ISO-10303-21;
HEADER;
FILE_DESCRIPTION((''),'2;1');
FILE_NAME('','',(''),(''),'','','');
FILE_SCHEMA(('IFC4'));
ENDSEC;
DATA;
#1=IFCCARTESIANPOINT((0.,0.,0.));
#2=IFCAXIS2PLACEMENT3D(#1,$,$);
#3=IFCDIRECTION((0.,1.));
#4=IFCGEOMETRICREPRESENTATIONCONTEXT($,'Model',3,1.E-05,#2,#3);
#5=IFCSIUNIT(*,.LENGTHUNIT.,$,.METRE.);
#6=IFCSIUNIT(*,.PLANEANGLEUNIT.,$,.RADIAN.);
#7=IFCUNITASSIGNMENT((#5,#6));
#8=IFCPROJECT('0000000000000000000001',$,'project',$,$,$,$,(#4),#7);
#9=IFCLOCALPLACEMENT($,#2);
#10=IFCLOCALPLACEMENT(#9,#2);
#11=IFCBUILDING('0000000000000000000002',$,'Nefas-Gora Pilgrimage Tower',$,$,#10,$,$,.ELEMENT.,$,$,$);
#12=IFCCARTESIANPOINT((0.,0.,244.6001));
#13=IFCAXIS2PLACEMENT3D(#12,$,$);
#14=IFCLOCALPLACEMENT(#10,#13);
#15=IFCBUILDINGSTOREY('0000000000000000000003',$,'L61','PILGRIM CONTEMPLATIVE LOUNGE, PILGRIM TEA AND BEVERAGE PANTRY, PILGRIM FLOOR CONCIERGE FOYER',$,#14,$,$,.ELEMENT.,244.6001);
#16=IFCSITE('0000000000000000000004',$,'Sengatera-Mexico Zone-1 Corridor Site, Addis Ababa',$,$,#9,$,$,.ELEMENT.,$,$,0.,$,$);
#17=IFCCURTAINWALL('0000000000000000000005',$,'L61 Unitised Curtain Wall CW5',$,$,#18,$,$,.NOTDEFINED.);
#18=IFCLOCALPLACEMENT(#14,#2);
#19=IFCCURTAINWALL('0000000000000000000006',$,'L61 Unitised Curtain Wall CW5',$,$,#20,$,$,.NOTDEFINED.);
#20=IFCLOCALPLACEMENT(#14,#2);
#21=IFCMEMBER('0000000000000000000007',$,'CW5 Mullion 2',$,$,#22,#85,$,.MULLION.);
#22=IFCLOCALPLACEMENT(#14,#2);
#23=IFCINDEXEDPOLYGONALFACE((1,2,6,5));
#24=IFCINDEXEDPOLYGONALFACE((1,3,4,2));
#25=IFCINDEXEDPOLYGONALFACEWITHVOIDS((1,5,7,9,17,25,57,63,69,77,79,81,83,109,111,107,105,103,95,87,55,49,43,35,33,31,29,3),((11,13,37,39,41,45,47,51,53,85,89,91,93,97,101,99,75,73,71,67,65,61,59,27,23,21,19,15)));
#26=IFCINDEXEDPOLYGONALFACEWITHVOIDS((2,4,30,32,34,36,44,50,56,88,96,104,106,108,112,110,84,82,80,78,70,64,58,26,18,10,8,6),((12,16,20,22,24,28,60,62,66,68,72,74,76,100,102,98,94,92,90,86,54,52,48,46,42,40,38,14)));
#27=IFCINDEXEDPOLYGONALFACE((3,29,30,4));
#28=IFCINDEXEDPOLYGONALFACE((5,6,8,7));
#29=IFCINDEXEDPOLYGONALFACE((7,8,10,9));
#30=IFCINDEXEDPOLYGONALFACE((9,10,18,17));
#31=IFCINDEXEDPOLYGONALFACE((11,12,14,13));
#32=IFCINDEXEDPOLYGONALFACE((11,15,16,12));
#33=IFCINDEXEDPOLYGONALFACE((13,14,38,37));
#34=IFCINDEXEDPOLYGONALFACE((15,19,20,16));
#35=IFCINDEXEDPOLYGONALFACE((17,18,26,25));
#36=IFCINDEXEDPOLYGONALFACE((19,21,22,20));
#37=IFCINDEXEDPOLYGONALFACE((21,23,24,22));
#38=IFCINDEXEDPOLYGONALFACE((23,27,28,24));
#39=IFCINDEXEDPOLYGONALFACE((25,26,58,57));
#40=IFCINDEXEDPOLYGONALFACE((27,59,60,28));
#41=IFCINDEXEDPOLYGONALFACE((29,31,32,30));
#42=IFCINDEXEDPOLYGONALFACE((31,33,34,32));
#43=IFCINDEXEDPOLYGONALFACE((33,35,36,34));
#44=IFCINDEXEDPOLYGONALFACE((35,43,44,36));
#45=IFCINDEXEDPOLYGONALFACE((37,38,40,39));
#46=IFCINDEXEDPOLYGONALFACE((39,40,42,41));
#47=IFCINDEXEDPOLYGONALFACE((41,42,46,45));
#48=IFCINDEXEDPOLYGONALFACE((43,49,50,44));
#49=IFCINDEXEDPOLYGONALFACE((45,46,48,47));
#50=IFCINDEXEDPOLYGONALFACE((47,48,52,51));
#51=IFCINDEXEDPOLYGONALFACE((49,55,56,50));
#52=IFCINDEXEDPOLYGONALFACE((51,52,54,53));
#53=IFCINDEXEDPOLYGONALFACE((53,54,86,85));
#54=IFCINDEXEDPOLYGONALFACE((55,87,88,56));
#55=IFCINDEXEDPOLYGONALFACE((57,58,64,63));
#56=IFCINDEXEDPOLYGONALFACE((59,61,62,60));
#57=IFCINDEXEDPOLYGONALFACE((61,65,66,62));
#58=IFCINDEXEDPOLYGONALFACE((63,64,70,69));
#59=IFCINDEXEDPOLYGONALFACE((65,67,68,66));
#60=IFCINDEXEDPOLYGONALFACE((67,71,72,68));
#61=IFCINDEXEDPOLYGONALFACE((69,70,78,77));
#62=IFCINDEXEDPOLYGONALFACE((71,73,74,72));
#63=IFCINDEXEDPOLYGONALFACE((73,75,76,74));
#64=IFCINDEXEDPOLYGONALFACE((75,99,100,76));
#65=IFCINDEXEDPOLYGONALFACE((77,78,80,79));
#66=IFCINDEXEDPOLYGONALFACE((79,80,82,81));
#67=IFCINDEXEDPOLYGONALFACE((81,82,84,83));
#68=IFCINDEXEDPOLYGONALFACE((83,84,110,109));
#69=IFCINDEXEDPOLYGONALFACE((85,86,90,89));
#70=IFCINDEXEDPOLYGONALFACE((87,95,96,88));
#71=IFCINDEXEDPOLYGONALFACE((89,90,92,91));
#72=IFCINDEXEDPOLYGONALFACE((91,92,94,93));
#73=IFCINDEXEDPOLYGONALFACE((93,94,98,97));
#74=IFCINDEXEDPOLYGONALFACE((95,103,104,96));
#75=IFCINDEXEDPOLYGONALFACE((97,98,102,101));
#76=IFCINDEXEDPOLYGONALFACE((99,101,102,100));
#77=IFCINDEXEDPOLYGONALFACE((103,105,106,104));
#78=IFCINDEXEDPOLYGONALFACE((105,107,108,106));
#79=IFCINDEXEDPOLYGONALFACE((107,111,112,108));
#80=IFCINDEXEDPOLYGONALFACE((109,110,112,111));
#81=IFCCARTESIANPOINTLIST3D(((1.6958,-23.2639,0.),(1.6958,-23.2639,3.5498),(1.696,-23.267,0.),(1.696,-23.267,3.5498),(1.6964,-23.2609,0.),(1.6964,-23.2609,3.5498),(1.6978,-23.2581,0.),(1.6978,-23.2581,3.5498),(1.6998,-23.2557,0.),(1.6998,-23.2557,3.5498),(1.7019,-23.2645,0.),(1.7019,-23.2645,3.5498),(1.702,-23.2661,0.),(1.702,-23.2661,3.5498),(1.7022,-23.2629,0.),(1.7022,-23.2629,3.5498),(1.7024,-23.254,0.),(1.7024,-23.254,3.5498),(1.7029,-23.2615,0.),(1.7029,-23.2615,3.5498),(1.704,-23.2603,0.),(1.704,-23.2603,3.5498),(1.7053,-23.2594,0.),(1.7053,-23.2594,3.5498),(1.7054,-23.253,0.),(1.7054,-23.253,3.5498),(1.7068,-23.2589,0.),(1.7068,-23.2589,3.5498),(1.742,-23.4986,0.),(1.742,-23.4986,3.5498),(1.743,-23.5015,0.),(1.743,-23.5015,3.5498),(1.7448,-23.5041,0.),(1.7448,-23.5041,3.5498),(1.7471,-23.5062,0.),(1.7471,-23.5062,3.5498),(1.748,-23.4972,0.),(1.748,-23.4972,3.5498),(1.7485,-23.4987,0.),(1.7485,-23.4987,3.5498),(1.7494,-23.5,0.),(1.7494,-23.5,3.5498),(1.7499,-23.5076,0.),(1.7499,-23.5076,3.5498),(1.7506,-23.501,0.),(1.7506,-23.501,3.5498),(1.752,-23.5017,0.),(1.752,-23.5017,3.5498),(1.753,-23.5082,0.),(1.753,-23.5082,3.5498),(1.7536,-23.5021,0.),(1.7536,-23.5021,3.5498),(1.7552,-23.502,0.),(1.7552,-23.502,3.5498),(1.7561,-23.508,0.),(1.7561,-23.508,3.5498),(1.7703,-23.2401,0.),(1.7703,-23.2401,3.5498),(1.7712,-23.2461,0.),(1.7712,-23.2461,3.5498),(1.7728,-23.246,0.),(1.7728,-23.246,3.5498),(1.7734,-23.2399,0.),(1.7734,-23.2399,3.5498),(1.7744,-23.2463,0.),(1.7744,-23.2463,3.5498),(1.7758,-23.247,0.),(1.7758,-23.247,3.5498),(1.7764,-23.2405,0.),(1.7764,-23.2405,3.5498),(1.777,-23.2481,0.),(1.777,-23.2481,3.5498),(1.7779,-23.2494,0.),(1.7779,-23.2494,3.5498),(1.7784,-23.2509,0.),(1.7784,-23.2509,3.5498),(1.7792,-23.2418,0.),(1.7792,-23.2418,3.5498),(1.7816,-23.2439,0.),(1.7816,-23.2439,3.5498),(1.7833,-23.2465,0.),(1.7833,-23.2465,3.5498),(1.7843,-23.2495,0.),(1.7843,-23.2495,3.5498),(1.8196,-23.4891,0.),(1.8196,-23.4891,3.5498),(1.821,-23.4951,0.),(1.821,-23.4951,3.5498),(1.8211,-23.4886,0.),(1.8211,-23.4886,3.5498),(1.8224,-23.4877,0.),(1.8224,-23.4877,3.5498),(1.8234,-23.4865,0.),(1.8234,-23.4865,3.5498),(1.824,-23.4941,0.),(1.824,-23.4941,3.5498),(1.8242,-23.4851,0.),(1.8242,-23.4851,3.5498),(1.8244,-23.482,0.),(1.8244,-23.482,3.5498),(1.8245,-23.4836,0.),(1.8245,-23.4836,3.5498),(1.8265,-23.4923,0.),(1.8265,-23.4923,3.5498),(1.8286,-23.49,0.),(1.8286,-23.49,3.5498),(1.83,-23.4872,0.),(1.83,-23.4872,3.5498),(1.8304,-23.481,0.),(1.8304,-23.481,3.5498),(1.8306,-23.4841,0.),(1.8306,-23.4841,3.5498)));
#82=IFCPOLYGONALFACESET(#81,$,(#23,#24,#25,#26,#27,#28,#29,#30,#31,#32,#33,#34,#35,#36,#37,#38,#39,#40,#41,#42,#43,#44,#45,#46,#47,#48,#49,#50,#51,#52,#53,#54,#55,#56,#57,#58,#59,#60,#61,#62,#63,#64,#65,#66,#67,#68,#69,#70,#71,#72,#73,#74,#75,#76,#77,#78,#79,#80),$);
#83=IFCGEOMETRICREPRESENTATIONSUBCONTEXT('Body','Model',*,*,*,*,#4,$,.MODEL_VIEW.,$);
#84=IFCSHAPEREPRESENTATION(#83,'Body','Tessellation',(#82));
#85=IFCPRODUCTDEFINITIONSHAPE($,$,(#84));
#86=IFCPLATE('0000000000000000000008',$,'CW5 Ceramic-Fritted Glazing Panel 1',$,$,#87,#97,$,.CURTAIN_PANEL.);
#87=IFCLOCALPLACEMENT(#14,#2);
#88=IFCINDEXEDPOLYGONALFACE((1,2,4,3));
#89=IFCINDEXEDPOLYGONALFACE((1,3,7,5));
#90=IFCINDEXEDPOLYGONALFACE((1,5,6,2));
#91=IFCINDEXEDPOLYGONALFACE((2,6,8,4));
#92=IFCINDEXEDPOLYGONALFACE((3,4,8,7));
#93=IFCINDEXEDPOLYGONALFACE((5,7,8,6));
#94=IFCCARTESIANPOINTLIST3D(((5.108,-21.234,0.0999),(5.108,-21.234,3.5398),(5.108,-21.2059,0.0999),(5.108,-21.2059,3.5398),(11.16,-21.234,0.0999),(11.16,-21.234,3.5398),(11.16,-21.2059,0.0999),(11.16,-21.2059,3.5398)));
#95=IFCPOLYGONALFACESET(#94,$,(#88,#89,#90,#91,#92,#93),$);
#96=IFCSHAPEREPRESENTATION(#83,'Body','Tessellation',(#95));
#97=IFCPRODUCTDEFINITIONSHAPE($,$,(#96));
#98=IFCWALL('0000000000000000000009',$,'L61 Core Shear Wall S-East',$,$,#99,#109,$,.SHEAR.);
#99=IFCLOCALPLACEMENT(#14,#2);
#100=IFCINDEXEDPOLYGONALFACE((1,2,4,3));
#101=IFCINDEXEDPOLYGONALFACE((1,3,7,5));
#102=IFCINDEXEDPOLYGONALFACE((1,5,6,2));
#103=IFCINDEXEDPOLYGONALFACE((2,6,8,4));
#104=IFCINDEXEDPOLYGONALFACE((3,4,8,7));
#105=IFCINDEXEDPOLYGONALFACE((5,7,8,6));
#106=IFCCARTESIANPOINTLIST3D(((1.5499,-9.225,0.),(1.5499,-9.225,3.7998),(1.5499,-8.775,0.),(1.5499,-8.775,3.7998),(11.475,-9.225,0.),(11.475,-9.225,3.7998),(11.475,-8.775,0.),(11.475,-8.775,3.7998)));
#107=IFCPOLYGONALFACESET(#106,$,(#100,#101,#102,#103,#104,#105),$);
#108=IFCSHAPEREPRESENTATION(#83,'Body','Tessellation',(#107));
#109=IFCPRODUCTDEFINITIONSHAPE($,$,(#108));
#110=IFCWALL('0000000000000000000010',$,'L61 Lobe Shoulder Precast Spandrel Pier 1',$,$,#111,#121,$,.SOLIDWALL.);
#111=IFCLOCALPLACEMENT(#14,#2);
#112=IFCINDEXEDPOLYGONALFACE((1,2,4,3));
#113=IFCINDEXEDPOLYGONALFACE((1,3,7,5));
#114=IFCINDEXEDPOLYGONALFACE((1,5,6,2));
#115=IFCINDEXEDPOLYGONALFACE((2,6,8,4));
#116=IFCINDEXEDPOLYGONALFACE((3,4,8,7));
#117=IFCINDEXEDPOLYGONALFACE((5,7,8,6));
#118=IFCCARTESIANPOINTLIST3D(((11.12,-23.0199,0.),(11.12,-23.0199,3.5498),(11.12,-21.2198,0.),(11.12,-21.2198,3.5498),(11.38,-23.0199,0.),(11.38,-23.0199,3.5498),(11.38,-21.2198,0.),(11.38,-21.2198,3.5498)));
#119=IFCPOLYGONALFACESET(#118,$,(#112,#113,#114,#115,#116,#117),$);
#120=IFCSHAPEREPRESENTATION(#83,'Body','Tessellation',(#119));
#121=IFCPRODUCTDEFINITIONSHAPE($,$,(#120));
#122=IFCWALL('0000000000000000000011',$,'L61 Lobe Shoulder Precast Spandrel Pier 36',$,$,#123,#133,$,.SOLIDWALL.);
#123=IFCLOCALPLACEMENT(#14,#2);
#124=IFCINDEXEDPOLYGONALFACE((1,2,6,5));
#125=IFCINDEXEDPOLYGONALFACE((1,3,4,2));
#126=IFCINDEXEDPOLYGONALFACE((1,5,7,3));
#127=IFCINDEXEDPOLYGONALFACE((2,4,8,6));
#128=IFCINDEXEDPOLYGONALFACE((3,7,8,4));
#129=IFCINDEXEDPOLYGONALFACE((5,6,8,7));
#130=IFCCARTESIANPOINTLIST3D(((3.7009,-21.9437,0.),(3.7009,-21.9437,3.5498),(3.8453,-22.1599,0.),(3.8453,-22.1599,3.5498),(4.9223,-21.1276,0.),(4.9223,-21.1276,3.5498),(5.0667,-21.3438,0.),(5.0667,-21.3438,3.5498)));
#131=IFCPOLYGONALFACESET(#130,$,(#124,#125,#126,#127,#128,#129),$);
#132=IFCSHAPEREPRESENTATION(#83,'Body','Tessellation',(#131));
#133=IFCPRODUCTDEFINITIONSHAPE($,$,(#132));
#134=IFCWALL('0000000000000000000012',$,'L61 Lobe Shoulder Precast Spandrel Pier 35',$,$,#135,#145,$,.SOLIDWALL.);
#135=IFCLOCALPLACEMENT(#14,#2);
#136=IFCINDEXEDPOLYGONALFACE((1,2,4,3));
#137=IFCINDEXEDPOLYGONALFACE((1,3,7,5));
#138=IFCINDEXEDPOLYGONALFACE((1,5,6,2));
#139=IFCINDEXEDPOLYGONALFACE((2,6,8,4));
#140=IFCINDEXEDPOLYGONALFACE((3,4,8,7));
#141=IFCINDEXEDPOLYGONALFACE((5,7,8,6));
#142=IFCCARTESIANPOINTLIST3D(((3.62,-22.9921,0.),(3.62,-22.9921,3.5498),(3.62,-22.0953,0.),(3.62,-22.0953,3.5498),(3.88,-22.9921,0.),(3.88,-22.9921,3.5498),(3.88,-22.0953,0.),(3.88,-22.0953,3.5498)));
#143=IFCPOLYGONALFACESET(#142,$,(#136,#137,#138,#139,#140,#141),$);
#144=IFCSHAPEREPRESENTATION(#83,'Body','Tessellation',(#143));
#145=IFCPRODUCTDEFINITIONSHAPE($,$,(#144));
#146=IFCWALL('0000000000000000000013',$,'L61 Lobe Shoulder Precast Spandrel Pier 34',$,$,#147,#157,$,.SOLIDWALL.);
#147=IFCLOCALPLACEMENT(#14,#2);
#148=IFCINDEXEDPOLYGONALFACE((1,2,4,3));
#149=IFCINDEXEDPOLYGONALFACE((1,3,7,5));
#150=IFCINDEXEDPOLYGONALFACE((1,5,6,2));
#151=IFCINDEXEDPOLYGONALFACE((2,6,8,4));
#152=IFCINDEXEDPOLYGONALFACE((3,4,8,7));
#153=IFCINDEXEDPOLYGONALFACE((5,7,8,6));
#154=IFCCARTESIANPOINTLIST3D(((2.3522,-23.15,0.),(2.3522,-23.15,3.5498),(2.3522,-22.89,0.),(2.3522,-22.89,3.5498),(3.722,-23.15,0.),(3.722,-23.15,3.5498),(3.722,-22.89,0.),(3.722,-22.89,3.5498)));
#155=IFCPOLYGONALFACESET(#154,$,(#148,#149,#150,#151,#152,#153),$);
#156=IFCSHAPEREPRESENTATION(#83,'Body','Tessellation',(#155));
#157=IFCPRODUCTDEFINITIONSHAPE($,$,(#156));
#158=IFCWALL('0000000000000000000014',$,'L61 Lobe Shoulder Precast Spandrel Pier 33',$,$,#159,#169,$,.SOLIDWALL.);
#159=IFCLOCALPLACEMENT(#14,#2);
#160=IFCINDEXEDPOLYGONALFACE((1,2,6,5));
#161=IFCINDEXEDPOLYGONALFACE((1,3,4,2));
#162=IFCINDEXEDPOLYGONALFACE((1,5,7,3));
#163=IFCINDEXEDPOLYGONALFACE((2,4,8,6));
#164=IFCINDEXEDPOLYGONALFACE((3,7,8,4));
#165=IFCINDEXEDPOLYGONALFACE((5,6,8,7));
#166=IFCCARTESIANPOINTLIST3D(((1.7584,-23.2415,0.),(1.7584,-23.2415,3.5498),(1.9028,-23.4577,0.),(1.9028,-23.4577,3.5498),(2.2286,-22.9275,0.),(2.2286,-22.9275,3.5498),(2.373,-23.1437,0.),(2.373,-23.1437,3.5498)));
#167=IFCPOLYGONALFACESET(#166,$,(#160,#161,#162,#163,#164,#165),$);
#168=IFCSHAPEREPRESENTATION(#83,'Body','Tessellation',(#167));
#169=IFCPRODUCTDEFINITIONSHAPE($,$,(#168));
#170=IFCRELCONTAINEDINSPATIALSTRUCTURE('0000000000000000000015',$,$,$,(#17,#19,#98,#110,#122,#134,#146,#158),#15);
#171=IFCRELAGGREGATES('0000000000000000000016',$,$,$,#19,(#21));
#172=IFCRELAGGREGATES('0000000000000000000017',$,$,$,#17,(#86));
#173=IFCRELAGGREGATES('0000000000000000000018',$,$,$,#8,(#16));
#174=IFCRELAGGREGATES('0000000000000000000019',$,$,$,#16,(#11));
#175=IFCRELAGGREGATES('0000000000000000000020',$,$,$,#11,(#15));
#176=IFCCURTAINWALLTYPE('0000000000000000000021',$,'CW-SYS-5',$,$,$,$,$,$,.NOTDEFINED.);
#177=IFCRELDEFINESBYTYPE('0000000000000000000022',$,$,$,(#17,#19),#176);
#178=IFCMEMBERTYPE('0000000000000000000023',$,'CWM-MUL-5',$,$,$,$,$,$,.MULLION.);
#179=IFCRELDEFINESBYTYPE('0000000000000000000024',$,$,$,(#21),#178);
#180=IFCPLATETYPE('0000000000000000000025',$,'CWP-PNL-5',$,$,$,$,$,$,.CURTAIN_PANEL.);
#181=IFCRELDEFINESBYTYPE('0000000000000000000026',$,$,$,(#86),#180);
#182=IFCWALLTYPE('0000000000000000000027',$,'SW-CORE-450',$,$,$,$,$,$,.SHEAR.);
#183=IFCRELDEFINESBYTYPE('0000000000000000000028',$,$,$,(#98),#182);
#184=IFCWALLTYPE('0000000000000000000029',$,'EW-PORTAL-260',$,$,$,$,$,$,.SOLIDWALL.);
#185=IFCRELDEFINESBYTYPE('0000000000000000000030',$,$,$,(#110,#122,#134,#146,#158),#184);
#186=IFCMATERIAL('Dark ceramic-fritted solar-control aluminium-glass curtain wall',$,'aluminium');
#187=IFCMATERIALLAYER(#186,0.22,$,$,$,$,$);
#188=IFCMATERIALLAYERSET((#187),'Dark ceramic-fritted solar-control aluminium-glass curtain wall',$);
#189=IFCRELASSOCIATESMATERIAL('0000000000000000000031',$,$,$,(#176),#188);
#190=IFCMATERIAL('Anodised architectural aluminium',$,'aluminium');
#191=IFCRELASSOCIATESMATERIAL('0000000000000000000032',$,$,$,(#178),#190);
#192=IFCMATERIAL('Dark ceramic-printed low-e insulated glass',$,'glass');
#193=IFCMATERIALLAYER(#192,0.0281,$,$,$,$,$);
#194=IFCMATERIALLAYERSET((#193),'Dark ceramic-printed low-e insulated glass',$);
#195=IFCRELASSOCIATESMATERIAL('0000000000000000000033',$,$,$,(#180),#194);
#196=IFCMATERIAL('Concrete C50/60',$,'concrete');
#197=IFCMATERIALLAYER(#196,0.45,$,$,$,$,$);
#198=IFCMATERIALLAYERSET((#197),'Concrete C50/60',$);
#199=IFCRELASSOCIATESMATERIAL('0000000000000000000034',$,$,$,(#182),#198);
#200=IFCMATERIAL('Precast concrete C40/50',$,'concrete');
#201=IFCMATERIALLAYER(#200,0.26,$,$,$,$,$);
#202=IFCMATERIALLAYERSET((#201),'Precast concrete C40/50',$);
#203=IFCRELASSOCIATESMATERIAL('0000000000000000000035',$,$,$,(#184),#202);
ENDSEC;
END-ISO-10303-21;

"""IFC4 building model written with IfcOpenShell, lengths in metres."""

from ifc_helpers import new_model, si_unit, direction, frame, frame_2d, origin, origin_2d, place, context, subcontext, project, spatial, rectangle, hollow_rectangle, extrude, source, transform, mapped, material, layer, layer_set, material_profile, profile_set, type_object, element, aggregate, save


model = new_model("IFC4")

# Units and contexts
model_context = context("Model", 3, precision=1e-05, world=origin(), true_north=direction((0.0, 1.0)))
body_context = subcontext(model_context, "Body", "Model", "MODEL_VIEW")
ifc_project = project(units=[si_unit("LENGTHUNIT", "METRE"), si_unit("PLANEANGLEUNIT", "RADIAN")], contexts=[model_context])

# Site, building, storey
site_placement = place(None, origin())
site = spatial("IfcSite", under=ifc_project, at=site_placement, Name="Sengatera-Mexico Zone-1 Corridor Site, Addis Ababa", CompositionType="ELEMENT", RefElevation=0.0)
building_placement = place(site_placement, origin())
building = spatial("IfcBuilding", under=site, at=building_placement, Name="Nefas-Gora Pilgrimage Tower", CompositionType="ELEMENT")
storey_placement = place(building_placement, frame((0.0, 0.0, 244.6001)))
storey = spatial("IfcBuildingStorey", under=building, at=storey_placement, Name="L61", Description="PILGRIM CONTEMPLATIVE LOUNGE, PILGRIM TEA AND BEVERAGE PANTRY, PILGRIM FLOOR CONCIERGE FOYER", CompositionType="ELEMENT", Elevation=244.6001)

# Curtain wall
ifc_material_1 = material(Name="Dark ceramic-fritted solar-control aluminium-glass curtain wall", Category="aluminium")
ifc_layer_1 = layer(ifc_material_1, 0.22)
ifc_layer_set_1 = layer_set([ifc_layer_1], Name="Dark ceramic-fritted solar-control aluminium-glass curtain wall")
curtain_wall_type = type_object("IfcCurtainWallType", Name="CW-SYS-5", PredefinedType="NOTDEFINED", material=ifc_layer_set_1)
curtain_wall_1_placement = place(storey_placement, origin())
curtain_wall_1 = element("IfcCurtainWall", 1, at=curtain_wall_1_placement, inside=storey, type_object=curtain_wall_type, Name="L61 Unitised Curtain Wall CW5", PredefinedType="NOTDEFINED")
ifc_material_2 = material(Name="Anodised architectural aluminium", Category="aluminium")
ifc_material_profile_1 = material_profile(ifc_material_2, hollow_rectangle(XDim=0.0901, YDim=0.26, WallThickness=0.0061, InnerFilletRadius=0.0061, OuterFilletRadius=0.012, at=origin_2d()), Name="ALU MULLION 90x260")
ifc_profile_set_1 = profile_set([ifc_material_profile_1], Name="Anodised architectural aluminium")
member_type_1 = type_object("IfcMemberType", Name="CWM-MUL-5", PredefinedType="MULLION", material=ifc_profile_set_1)
shared_shape_1 = source(origin(), body_context, "Body", "SweptSolid", [
    extrude(hollow_rectangle(XDim=0.0901, YDim=0.26, WallThickness=0.0061, InnerFilletRadius=0.0061, OuterFilletRadius=0.012, at=origin_2d()), origin(), (0.0, 0.0, 1.0), 3.5498),
])

# Curtain wall, member
curtain_wall_2_placement = place(storey_placement, origin())
curtain_wall_2 = element("IfcCurtainWall", 2, at=curtain_wall_2_placement, inside=storey, type_object=curtain_wall_type, Name="L61 Unitised Curtain Wall CW5", PredefinedType="NOTDEFINED")
member_1_placement = place(storey_placement, frame((1.7632, -23.374, 0.0), z_axis=(0.0, 0.0, 1.0), x_axis=(0.980783, 0.195102, 0.0)))
member_1 = element("IfcMember", 3, at=member_1_placement, type_object=member_type_1, Name="CW5 Mullion 2", PredefinedType="MULLION", context=body_context, shape_type="MappedRepresentation", body=[
    mapped(shared_shape_1, transform((0.0, 0.0, 0.0), x_axis=(1.0, 0.0, 0.0), y_axis=(0.0, 1.0, 0.0), z_axis=(0.0, 0.0, 1.0), scale=1.0)),
])
aggregate(curtain_wall_2, [member_1])

# Plate
ifc_material_3 = material(Name="Dark ceramic-printed low-e insulated glass", Category="glass")
ifc_layer_2 = layer(ifc_material_3, 0.0281)
ifc_layer_set_2 = layer_set([ifc_layer_2], Name="Dark ceramic-printed low-e insulated glass")
plate_type = type_object("IfcPlateType", Name="CWP-PNL-5", PredefinedType="CURTAIN_PANEL", material=ifc_layer_set_2)
shared_shape_2 = source(origin(), body_context, "Body", "SweptSolid", [
    extrude(rectangle(XDim=6.052, YDim=0.0281, at=origin_2d()), origin(), (0.0, 0.0, 1.0), 3.4399),
])
plate_placement = place(storey_placement, frame((8.134, -21.22, 0.0999), z_axis=(0.0, 0.0, 1.0), x_axis=(1.0, 0.0, 0.0)))
plate = element("IfcPlate", 4, at=plate_placement, type_object=plate_type, Name="CW5 Ceramic-Fritted Glazing Panel 1", PredefinedType="CURTAIN_PANEL", context=body_context, shape_type="MappedRepresentation", body=[
    mapped(shared_shape_2, transform((0.0, 0.0, 0.0), x_axis=(1.0, 0.0, 0.0), y_axis=(0.0, 1.0, 0.0), z_axis=(0.0, 0.0, 1.0), scale=1.0)),
])
aggregate(curtain_wall_1, [plate])

# Walls
ifc_material_4 = material(Name="Concrete C50/60", Category="concrete")
ifc_layer_3 = layer(ifc_material_4, 0.45)
ifc_layer_set_3 = layer_set([ifc_layer_3], Name="Concrete C50/60")
wall_type_1 = type_object("IfcWallType", Name="SW-CORE-450", PredefinedType="SHEAR", material=ifc_layer_set_3)
shared_shape_3 = source(origin(), body_context, "Body", "SweptSolid", [
    extrude(rectangle(XDim=9.925, YDim=0.45, at=frame_2d((4.9624, 0.0))), origin(), (0.0, 0.0, 1.0), 3.7998),
])
wall_1_placement = place(storey_placement, frame((1.55, -9.0, 0.0), z_axis=(0.0, 0.0, 1.0), x_axis=(1.0, 0.0, 0.0)))
element("IfcWall", 5, at=wall_1_placement, inside=storey, type_object=wall_type_1, Name="L61 Core Shear Wall S-East", PredefinedType="SHEAR", context=body_context, shape_type="MappedRepresentation", body=[
    mapped(shared_shape_3, transform((0.0, 0.0, 0.0), x_axis=(1.0, 0.0, 0.0), y_axis=(0.0, 1.0, 0.0), z_axis=(0.0, 0.0, 1.0), scale=1.0)),
])
ifc_material_5 = material(Name="Precast concrete C40/50", Category="concrete")
ifc_layer_4 = layer(ifc_material_5, 0.26)
ifc_layer_set_4 = layer_set([ifc_layer_4], Name="Precast concrete C40/50")
wall_type_2 = type_object("IfcWallType", Name="EW-PORTAL-260", PredefinedType="SOLIDWALL", material=ifc_layer_set_4)
shared_shape_4 = source(origin(), body_context, "Body", "SweptSolid", [
    extrude(rectangle(XDim=1.8, YDim=0.26, at=frame_2d((0.8999, 0.0))), origin(), (0.0, 0.0, 1.0), 3.5498),
])
wall_2_placement = place(storey_placement, frame((11.25, -21.22, 0.0), z_axis=(0.0, 0.0, 1.0), x_axis=(0.0, -1.0, 0.0)))
element("IfcWall", 6, at=wall_2_placement, inside=storey, type_object=wall_type_2, Name="L61 Lobe Shoulder Precast Spandrel Pier 1", PredefinedType="SOLIDWALL", context=body_context, shape_type="MappedRepresentation", body=[
    mapped(shared_shape_4, transform((0.0, 0.0, 0.0), x_axis=(1.0, 0.0, 0.0), y_axis=(0.0, 1.0, 0.0), z_axis=(0.0, 0.0, 1.0), scale=1.0)),
])
shared_shape_5 = source(origin(), body_context, "Body", "SweptSolid", [
    extrude(rectangle(XDim=1.469, YDim=0.26, at=frame_2d((0.7344, 0.0))), origin(), (0.0, 0.0, 1.0), 3.5498),
])
wall_3_placement = place(storey_placement, frame((3.7732, -22.0518, 0.0), z_axis=(0.0, 0.0, 1.0), x_axis=(0.831462, 0.555582, 0.0)))
element("IfcWall", 7, at=wall_3_placement, inside=storey, type_object=wall_type_2, Name="L61 Lobe Shoulder Precast Spandrel Pier 36", PredefinedType="SOLIDWALL", context=body_context, shape_type="MappedRepresentation", body=[
    mapped(shared_shape_5, transform((0.0, 0.0, 0.0), x_axis=(1.0, 0.0, 0.0), y_axis=(0.0, 1.0, 0.0), z_axis=(0.0, 0.0, 1.0), scale=1.0)),
])
shared_shape_6 = source(origin(), body_context, "Body", "SweptSolid", [
    extrude(rectangle(XDim=0.8967, YDim=0.26, at=frame_2d((0.4482, 0.0))), origin(), (0.0, 0.0, 1.0), 3.5498),
])
wall_4_placement = place(storey_placement, frame((3.75, -22.9919, 0.0), z_axis=(0.0, 0.0, 1.0), x_axis=(0.0, 1.0, 0.0)))
element("IfcWall", 8, at=wall_4_placement, inside=storey, type_object=wall_type_2, Name="L61 Lobe Shoulder Precast Spandrel Pier 35", PredefinedType="SOLIDWALL", context=body_context, shape_type="MappedRepresentation", body=[
    mapped(shared_shape_6, transform((0.0, 0.0, 0.0), x_axis=(1.0, 0.0, 0.0), y_axis=(0.0, 1.0, 0.0), z_axis=(0.0, 0.0, 1.0), scale=1.0)),
])
shared_shape_7 = source(origin(), body_context, "Body", "SweptSolid", [
    extrude(rectangle(XDim=1.3699, YDim=0.26, at=frame_2d((0.6851, 0.0))), origin(), (0.0, 0.0, 1.0), 3.5498),
])
wall_5_placement = place(storey_placement, frame((2.3521, -23.02, 0.0), z_axis=(0.0, 0.0, 1.0), x_axis=(1.0, 0.0, 0.0)))
element("IfcWall", 9, at=wall_5_placement, inside=storey, type_object=wall_type_2, Name="L61 Lobe Shoulder Precast Spandrel Pier 34", PredefinedType="SOLIDWALL", context=body_context, shape_type="MappedRepresentation", body=[
    mapped(shared_shape_7, transform((0.0, 0.0, 0.0), x_axis=(1.0, 0.0, 0.0), y_axis=(0.0, 1.0, 0.0), z_axis=(0.0, 0.0, 1.0), scale=1.0)),
])
shared_shape_8 = source(origin(), body_context, "Body", "SweptSolid", [
    extrude(rectangle(XDim=0.5654, YDim=0.26, at=frame_2d((0.2827, 0.0))), origin(), (0.0, 0.0, 1.0), 3.5498),
])
wall_6_placement = place(storey_placement, frame((1.8306, -23.3496, 0.0), z_axis=(0.0, 0.0, 1.0), x_axis=(0.831651, 0.555298, 0.0)))
element("IfcWall", 10, at=wall_6_placement, inside=storey, type_object=wall_type_2, Name="L61 Lobe Shoulder Precast Spandrel Pier 33", PredefinedType="SOLIDWALL", context=body_context, shape_type="MappedRepresentation", body=[
    mapped(shared_shape_8, transform((0.0, 0.0, 0.0), x_axis=(1.0, 0.0, 0.0), y_axis=(0.0, 1.0, 0.0), z_axis=(0.0, 0.0, 1.0), scale=1.0)),
])

save(model, "model.ifc")
